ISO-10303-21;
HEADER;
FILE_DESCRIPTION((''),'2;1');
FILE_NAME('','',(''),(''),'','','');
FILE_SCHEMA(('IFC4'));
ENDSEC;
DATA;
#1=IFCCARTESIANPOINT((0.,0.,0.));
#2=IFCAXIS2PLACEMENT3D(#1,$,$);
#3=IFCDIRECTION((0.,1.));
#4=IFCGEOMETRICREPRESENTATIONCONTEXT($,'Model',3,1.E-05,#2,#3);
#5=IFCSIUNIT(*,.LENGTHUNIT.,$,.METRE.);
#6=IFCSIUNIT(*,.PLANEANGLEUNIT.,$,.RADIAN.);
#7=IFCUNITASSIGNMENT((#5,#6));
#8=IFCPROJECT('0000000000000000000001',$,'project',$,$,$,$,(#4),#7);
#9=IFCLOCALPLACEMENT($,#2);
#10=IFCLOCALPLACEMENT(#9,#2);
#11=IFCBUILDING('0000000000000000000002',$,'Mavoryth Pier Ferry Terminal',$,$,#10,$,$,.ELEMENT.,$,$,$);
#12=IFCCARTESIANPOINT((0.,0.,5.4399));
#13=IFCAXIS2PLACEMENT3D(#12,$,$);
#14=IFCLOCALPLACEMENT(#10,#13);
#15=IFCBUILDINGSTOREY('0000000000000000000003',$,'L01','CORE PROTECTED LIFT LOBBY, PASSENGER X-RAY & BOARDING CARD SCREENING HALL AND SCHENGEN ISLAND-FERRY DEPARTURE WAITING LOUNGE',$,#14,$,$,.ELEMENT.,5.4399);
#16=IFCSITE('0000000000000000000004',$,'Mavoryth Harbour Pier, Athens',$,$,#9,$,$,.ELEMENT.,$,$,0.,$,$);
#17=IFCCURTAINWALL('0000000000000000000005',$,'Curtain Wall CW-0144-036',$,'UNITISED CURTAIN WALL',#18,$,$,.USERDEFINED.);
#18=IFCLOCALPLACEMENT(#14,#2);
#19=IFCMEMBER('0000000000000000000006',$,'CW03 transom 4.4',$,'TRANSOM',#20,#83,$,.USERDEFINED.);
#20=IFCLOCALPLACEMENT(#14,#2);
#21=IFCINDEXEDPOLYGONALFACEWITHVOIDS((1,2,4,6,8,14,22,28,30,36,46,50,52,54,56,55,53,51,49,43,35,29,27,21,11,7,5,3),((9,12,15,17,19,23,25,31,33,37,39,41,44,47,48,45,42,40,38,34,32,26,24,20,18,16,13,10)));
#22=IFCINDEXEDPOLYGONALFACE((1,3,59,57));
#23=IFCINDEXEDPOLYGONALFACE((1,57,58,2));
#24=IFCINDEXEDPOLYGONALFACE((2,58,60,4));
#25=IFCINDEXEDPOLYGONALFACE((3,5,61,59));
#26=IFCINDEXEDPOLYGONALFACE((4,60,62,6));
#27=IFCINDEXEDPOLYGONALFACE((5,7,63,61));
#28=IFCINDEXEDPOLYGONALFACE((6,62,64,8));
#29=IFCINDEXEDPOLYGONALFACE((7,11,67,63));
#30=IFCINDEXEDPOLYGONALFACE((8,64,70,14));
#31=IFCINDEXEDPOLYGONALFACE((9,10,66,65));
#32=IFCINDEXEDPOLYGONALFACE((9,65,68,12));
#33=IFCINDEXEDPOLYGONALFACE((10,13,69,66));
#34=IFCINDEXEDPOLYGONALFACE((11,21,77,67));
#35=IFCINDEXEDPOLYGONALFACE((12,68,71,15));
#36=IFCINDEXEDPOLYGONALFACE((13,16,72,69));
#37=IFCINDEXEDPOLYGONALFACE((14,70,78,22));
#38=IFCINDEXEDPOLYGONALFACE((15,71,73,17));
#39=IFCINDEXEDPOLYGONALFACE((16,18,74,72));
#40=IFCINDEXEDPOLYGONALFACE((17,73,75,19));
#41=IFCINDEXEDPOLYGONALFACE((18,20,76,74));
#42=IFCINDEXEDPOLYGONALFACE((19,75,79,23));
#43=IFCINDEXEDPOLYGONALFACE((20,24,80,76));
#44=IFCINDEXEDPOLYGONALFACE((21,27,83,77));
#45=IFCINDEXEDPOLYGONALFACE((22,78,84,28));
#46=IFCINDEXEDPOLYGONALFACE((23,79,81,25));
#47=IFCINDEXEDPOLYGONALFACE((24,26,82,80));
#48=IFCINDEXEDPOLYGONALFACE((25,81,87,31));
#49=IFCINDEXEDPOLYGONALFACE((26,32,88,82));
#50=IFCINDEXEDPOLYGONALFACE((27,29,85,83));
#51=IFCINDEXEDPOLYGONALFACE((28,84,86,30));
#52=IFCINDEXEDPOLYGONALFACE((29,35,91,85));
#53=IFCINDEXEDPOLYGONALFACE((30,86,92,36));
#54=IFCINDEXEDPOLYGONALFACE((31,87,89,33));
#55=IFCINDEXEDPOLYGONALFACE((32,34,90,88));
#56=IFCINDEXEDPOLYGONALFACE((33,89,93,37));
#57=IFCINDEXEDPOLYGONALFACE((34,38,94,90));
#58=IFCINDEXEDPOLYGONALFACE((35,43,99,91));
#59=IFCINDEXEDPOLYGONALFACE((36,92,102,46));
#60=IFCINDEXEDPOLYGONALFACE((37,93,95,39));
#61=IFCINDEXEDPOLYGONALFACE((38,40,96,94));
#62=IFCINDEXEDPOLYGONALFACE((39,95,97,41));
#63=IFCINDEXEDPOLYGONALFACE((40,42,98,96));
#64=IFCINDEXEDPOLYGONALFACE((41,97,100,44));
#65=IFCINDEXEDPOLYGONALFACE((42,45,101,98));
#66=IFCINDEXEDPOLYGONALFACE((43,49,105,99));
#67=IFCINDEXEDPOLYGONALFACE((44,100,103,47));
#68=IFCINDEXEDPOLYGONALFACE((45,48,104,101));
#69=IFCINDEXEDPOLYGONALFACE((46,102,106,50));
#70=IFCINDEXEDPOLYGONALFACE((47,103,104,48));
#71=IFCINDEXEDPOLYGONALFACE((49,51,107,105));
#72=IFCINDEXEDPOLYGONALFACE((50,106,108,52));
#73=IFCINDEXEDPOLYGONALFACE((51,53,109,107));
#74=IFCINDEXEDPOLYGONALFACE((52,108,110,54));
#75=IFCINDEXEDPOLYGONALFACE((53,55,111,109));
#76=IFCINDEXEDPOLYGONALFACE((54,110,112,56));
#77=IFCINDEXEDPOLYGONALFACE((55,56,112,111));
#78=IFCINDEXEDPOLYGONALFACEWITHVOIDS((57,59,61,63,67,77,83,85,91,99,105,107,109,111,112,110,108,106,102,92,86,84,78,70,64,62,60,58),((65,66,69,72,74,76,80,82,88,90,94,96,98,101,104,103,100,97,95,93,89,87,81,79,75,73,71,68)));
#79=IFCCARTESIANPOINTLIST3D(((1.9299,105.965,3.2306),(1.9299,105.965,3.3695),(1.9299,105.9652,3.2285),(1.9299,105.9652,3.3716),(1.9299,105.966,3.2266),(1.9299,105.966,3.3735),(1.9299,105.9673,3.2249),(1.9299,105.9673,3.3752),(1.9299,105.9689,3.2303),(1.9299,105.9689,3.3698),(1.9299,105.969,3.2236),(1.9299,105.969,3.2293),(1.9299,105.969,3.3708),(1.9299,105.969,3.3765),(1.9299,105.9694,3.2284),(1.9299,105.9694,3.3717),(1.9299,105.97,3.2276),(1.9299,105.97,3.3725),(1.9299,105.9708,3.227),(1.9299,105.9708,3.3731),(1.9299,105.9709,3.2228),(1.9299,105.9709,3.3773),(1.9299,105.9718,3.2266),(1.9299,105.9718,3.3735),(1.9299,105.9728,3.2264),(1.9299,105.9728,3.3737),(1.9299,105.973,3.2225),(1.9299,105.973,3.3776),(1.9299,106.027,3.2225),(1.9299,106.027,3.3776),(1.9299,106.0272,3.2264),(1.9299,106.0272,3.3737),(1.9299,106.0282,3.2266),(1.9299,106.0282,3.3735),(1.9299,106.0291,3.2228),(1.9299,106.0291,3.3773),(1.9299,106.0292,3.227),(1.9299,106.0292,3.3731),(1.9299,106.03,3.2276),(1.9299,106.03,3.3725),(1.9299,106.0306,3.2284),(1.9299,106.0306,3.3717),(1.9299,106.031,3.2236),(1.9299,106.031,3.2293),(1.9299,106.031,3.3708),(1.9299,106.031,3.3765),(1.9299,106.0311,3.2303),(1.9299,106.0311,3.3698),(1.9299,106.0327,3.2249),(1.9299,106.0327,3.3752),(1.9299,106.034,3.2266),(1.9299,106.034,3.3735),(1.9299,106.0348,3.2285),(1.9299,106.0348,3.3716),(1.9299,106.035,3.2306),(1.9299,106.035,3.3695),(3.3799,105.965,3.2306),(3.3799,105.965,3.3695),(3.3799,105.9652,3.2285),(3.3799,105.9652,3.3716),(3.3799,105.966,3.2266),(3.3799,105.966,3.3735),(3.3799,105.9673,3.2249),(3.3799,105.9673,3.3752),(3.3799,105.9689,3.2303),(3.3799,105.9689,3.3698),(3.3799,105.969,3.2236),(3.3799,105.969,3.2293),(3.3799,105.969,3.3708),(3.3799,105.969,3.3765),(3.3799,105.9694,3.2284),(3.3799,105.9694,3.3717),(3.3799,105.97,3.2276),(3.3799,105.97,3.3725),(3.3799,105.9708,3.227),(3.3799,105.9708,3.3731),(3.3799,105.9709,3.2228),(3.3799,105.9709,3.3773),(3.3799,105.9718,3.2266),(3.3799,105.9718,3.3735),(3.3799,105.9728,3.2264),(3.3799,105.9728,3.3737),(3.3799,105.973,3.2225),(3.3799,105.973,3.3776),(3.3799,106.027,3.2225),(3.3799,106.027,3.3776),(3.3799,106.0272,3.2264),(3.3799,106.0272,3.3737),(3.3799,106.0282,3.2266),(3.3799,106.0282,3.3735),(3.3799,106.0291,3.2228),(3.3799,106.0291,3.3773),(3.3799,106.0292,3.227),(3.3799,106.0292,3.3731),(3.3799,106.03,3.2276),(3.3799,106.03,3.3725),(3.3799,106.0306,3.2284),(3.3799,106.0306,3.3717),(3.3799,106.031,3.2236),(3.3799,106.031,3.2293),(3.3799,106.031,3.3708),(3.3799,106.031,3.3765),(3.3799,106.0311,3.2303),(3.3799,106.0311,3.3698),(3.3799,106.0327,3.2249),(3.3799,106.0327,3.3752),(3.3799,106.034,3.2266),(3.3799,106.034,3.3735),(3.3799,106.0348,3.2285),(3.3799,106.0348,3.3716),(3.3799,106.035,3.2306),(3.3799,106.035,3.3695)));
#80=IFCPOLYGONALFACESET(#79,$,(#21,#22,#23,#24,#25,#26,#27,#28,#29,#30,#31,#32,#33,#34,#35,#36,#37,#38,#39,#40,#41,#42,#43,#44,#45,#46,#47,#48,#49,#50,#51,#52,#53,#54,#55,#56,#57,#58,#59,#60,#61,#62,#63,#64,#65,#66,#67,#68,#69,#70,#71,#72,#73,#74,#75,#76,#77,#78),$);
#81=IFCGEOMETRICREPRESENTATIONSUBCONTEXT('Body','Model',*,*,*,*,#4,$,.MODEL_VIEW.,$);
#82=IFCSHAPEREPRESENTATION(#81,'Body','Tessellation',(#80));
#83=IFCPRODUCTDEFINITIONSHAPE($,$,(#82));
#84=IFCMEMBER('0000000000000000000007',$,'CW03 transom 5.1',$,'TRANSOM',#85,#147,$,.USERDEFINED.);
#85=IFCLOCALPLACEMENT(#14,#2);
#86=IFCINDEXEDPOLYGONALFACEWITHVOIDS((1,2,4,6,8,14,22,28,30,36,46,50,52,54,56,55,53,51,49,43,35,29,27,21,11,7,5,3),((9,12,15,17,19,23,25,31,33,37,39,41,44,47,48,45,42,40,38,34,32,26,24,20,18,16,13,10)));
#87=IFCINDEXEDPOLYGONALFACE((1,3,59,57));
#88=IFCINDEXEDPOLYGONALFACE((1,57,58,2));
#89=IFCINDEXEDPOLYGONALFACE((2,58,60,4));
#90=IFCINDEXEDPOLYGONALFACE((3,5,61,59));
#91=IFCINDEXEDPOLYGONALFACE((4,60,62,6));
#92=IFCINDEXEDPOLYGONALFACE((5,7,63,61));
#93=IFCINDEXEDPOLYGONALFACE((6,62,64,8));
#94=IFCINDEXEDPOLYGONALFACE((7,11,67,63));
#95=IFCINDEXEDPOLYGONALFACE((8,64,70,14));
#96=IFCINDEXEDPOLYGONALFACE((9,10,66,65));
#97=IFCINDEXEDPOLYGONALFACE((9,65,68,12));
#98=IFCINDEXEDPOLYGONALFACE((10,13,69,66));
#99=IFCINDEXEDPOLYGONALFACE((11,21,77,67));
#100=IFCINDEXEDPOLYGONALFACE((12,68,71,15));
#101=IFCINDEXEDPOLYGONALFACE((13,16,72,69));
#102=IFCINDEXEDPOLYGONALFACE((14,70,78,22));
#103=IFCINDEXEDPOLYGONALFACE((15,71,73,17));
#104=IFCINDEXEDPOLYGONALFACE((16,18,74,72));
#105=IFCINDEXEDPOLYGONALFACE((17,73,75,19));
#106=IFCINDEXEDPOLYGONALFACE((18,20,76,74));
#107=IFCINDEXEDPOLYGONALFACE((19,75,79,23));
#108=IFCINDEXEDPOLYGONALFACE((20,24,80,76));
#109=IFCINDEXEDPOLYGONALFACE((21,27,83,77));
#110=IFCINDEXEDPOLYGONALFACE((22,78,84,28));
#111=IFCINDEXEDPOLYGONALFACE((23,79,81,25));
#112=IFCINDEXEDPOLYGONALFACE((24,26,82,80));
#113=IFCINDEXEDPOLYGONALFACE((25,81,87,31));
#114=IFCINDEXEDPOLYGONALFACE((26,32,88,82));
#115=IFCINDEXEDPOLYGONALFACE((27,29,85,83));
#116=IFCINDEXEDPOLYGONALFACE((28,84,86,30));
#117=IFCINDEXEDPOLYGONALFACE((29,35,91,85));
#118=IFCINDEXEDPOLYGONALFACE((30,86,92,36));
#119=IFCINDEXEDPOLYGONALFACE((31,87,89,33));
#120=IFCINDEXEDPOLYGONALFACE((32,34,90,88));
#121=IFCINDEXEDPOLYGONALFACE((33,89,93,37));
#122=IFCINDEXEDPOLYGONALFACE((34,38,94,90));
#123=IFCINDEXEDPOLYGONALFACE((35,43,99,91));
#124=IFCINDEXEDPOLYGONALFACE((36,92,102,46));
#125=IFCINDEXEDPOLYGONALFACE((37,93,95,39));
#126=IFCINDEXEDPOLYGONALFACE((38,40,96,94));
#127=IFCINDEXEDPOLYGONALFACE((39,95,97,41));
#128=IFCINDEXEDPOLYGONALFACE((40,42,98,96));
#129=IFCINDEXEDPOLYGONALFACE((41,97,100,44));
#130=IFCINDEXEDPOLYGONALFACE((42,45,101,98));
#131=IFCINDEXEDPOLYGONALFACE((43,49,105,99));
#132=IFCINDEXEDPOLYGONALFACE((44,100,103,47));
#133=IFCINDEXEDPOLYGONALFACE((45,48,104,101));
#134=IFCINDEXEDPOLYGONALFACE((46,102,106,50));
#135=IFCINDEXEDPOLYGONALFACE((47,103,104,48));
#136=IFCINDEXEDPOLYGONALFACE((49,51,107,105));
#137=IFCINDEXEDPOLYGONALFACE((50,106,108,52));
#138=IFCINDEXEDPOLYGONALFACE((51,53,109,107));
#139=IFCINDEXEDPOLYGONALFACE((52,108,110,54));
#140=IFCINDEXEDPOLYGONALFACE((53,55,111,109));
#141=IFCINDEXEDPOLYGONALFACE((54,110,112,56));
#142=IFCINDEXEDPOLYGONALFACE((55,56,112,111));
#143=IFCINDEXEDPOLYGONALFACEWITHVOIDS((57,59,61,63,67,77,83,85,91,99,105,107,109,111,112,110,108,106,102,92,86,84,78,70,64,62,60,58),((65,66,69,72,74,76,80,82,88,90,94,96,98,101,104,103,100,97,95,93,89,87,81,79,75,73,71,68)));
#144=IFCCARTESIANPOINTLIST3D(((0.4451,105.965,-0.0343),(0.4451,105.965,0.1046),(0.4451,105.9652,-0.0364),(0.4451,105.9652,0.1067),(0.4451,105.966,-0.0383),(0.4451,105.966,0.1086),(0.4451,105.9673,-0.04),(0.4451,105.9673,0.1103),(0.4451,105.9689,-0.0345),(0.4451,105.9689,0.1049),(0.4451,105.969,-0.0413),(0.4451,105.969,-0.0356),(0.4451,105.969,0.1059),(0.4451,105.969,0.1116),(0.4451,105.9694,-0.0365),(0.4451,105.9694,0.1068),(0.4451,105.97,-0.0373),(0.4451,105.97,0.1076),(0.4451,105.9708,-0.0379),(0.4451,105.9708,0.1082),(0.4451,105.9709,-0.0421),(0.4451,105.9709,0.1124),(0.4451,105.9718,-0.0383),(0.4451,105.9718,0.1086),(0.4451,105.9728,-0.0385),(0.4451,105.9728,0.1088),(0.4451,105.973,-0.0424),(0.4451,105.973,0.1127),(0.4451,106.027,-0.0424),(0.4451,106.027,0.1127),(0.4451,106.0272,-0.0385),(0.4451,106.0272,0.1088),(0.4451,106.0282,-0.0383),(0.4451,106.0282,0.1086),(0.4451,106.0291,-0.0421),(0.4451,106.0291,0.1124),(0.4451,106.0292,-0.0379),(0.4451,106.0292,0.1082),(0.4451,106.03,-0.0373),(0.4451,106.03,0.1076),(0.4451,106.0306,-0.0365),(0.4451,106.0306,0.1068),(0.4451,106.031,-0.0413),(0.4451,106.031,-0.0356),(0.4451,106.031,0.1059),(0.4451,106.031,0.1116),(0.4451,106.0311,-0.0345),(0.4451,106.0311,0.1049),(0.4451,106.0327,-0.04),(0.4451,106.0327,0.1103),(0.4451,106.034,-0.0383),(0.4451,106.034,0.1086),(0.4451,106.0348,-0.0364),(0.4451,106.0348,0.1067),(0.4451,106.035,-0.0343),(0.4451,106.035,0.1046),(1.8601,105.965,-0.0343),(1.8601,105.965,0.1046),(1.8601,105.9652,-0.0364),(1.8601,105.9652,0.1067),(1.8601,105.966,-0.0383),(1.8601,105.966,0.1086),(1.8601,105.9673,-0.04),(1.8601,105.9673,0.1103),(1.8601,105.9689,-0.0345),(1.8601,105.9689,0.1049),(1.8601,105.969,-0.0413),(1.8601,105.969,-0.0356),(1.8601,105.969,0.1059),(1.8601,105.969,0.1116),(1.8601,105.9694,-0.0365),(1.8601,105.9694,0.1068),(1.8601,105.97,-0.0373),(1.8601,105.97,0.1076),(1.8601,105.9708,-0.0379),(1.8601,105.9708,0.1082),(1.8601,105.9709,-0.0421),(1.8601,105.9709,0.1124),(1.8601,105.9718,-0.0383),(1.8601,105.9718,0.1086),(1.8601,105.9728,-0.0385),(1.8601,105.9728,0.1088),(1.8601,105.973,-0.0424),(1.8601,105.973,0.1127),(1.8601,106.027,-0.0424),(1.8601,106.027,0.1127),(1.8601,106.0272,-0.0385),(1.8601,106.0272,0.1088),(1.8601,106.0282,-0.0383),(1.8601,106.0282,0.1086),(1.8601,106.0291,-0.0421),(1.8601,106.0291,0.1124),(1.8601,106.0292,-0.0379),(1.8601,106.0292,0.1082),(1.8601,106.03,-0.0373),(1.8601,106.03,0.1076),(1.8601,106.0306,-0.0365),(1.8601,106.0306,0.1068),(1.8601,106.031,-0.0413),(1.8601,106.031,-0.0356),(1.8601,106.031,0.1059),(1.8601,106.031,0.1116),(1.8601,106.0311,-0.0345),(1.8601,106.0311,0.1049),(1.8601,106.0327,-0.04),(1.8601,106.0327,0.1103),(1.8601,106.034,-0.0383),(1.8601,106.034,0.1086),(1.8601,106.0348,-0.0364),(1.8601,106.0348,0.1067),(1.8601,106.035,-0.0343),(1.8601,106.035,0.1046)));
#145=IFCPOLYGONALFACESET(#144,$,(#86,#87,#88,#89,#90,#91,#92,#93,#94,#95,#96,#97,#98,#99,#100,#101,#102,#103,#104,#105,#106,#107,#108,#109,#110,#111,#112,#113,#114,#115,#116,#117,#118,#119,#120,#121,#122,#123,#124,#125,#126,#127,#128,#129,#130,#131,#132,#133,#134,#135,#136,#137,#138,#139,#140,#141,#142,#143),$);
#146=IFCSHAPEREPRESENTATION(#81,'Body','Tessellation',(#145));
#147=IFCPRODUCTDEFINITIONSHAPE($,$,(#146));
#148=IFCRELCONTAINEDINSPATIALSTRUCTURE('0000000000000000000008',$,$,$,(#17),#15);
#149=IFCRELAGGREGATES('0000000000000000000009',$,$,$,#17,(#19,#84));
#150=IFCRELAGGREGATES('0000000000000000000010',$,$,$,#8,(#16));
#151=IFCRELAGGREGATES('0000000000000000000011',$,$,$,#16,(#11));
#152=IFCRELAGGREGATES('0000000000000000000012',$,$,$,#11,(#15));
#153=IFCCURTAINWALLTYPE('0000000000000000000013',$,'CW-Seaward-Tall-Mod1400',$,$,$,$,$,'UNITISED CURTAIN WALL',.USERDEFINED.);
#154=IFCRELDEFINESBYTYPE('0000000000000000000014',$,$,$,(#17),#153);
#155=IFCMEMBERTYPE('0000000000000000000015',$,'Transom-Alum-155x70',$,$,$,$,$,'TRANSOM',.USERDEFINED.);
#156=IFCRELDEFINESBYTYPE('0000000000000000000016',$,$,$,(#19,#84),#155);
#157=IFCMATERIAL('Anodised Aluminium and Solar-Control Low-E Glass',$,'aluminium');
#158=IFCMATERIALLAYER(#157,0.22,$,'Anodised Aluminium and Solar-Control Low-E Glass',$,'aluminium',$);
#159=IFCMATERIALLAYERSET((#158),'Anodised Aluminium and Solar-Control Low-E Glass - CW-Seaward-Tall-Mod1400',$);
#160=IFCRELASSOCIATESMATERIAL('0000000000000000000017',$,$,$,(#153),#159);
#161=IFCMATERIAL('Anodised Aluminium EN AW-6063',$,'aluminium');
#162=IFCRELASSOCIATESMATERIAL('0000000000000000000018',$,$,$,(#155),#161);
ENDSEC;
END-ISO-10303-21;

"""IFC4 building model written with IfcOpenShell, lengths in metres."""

from ifc_helpers import new_model, si_unit, direction, frame, origin, origin_2d, place, context, subcontext, project, spatial, hollow_rectangle, extrude, material, layer, layer_set, material_profile, profile_set, type_object, element, aggregate, save


model = new_model("IFC4")

# Units and contexts
model_context = context("Model", 3, precision=1e-05, world=origin(), true_north=direction((0.0, 1.0)))
body_context = subcontext(model_context, "Body", "Model", "MODEL_VIEW")
ifc_project = project(units=[si_unit("LENGTHUNIT", "METRE"), si_unit("PLANEANGLEUNIT", "RADIAN")], contexts=[model_context])

# Site, building, storey
site_placement = place(None, origin())
site = spatial("IfcSite", under=ifc_project, at=site_placement, Name="Mavoryth Harbour Pier, Athens", CompositionType="ELEMENT", RefElevation=0.0)
building_placement = place(site_placement, origin())
building = spatial("IfcBuilding", under=site, at=building_placement, Name="Mavoryth Pier Ferry Terminal", CompositionType="ELEMENT")
storey_placement = place(building_placement, frame((0.0, 0.0, 5.4399)))
storey = spatial("IfcBuildingStorey", under=building, at=storey_placement, Name="L01", Description="CORE PROTECTED LIFT LOBBY, PASSENGER X-RAY & BOARDING CARD SCREENING HALL AND SCHENGEN ISLAND-FERRY DEPARTURE WAITING LOUNGE", CompositionType="ELEMENT", Elevation=5.4399)

# Curtain wall
ifc_material_1 = material(Name="Anodised Aluminium and Solar-Control Low-E Glass", Category="aluminium")
ifc_material_2 = material(Name="Anodised Aluminium EN AW-6063", Category="aluminium")
ifc_layer_1 = layer(ifc_material_1, 0.22, Name="Anodised Aluminium and Solar-Control Low-E Glass", Category="aluminium")
ifc_layer_set_1 = layer_set([ifc_layer_1], Name="Anodised Aluminium and Solar-Control Low-E Glass - CW-Seaward-Tall-Mod1400")
curtain_wall_type_1 = type_object("IfcCurtainWallType", Name="CW-Seaward-Tall-Mod1400", ElementType="UNITISED CURTAIN WALL", PredefinedType="USERDEFINED", material=ifc_layer_set_1)
curtain_wall_1_placement = place(storey_placement, origin())
curtain_wall_1 = element("IfcCurtainWall", 1, at=curtain_wall_1_placement, inside=storey, type_object=curtain_wall_type_1, Name="Curtain Wall CW-0144-036", ObjectType="UNITISED CURTAIN WALL", PredefinedType="USERDEFINED")

# Members
ifc_material_profile_1 = material_profile(ifc_material_2, hollow_rectangle(XDim=0.0701, YDim=0.155, WallThickness=0.0039, InnerFilletRadius=0.0039, OuterFilletRadius=0.0081, at=origin_2d()), Name="AL-TRAN 155x70x4", Category="aluminium")
ifc_profile_set_1 = profile_set([ifc_material_profile_1], Name="Anodised Aluminium EN AW-6063 - AL-TRAN 155x70x4")
member_type_1 = type_object("IfcMemberType", Name="Transom-Alum-155x70", ElementType="TRANSOM", PredefinedType="USERDEFINED", material=ifc_profile_set_1)
member_1_placement = place(storey_placement, frame((3.3799, 106.0, 3.3), z_axis=(-1.0, 0.0, 0.0), x_axis=(0.0, -1.0, 0.0)))
member_1 = element("IfcMember", 2, at=member_1_placement, type_object=member_type_1, Name="CW03 transom 4.4", ObjectType="TRANSOM", PredefinedType="USERDEFINED", context=body_context, shape_type="SweptSolid", body=[
    extrude(hollow_rectangle(XDim=0.0701, YDim=0.155, WallThickness=0.0039, InnerFilletRadius=0.0039, OuterFilletRadius=0.0081, at=origin_2d()), origin(), (0.0, 0.0, 1.0), 1.45),
])
member_2_placement = place(storey_placement, frame((1.8601, 106.0, 0.0352), z_axis=(-1.0, 0.0, 0.0), x_axis=(0.0, -1.0, 0.0)))
member_2 = element("IfcMember", 3, at=member_2_placement, type_object=member_type_1, Name="CW03 transom 5.1", ObjectType="TRANSOM", PredefinedType="USERDEFINED", context=body_context, shape_type="SweptSolid", body=[
    extrude(hollow_rectangle(XDim=0.0701, YDim=0.155, WallThickness=0.0039, InnerFilletRadius=0.0039, OuterFilletRadius=0.0081, at=origin_2d()), origin(), (0.0, 0.0, 1.0), 1.415),
])

aggregate(curtain_wall_1, [member_1, member_2])

save(model, "model.ifc")
